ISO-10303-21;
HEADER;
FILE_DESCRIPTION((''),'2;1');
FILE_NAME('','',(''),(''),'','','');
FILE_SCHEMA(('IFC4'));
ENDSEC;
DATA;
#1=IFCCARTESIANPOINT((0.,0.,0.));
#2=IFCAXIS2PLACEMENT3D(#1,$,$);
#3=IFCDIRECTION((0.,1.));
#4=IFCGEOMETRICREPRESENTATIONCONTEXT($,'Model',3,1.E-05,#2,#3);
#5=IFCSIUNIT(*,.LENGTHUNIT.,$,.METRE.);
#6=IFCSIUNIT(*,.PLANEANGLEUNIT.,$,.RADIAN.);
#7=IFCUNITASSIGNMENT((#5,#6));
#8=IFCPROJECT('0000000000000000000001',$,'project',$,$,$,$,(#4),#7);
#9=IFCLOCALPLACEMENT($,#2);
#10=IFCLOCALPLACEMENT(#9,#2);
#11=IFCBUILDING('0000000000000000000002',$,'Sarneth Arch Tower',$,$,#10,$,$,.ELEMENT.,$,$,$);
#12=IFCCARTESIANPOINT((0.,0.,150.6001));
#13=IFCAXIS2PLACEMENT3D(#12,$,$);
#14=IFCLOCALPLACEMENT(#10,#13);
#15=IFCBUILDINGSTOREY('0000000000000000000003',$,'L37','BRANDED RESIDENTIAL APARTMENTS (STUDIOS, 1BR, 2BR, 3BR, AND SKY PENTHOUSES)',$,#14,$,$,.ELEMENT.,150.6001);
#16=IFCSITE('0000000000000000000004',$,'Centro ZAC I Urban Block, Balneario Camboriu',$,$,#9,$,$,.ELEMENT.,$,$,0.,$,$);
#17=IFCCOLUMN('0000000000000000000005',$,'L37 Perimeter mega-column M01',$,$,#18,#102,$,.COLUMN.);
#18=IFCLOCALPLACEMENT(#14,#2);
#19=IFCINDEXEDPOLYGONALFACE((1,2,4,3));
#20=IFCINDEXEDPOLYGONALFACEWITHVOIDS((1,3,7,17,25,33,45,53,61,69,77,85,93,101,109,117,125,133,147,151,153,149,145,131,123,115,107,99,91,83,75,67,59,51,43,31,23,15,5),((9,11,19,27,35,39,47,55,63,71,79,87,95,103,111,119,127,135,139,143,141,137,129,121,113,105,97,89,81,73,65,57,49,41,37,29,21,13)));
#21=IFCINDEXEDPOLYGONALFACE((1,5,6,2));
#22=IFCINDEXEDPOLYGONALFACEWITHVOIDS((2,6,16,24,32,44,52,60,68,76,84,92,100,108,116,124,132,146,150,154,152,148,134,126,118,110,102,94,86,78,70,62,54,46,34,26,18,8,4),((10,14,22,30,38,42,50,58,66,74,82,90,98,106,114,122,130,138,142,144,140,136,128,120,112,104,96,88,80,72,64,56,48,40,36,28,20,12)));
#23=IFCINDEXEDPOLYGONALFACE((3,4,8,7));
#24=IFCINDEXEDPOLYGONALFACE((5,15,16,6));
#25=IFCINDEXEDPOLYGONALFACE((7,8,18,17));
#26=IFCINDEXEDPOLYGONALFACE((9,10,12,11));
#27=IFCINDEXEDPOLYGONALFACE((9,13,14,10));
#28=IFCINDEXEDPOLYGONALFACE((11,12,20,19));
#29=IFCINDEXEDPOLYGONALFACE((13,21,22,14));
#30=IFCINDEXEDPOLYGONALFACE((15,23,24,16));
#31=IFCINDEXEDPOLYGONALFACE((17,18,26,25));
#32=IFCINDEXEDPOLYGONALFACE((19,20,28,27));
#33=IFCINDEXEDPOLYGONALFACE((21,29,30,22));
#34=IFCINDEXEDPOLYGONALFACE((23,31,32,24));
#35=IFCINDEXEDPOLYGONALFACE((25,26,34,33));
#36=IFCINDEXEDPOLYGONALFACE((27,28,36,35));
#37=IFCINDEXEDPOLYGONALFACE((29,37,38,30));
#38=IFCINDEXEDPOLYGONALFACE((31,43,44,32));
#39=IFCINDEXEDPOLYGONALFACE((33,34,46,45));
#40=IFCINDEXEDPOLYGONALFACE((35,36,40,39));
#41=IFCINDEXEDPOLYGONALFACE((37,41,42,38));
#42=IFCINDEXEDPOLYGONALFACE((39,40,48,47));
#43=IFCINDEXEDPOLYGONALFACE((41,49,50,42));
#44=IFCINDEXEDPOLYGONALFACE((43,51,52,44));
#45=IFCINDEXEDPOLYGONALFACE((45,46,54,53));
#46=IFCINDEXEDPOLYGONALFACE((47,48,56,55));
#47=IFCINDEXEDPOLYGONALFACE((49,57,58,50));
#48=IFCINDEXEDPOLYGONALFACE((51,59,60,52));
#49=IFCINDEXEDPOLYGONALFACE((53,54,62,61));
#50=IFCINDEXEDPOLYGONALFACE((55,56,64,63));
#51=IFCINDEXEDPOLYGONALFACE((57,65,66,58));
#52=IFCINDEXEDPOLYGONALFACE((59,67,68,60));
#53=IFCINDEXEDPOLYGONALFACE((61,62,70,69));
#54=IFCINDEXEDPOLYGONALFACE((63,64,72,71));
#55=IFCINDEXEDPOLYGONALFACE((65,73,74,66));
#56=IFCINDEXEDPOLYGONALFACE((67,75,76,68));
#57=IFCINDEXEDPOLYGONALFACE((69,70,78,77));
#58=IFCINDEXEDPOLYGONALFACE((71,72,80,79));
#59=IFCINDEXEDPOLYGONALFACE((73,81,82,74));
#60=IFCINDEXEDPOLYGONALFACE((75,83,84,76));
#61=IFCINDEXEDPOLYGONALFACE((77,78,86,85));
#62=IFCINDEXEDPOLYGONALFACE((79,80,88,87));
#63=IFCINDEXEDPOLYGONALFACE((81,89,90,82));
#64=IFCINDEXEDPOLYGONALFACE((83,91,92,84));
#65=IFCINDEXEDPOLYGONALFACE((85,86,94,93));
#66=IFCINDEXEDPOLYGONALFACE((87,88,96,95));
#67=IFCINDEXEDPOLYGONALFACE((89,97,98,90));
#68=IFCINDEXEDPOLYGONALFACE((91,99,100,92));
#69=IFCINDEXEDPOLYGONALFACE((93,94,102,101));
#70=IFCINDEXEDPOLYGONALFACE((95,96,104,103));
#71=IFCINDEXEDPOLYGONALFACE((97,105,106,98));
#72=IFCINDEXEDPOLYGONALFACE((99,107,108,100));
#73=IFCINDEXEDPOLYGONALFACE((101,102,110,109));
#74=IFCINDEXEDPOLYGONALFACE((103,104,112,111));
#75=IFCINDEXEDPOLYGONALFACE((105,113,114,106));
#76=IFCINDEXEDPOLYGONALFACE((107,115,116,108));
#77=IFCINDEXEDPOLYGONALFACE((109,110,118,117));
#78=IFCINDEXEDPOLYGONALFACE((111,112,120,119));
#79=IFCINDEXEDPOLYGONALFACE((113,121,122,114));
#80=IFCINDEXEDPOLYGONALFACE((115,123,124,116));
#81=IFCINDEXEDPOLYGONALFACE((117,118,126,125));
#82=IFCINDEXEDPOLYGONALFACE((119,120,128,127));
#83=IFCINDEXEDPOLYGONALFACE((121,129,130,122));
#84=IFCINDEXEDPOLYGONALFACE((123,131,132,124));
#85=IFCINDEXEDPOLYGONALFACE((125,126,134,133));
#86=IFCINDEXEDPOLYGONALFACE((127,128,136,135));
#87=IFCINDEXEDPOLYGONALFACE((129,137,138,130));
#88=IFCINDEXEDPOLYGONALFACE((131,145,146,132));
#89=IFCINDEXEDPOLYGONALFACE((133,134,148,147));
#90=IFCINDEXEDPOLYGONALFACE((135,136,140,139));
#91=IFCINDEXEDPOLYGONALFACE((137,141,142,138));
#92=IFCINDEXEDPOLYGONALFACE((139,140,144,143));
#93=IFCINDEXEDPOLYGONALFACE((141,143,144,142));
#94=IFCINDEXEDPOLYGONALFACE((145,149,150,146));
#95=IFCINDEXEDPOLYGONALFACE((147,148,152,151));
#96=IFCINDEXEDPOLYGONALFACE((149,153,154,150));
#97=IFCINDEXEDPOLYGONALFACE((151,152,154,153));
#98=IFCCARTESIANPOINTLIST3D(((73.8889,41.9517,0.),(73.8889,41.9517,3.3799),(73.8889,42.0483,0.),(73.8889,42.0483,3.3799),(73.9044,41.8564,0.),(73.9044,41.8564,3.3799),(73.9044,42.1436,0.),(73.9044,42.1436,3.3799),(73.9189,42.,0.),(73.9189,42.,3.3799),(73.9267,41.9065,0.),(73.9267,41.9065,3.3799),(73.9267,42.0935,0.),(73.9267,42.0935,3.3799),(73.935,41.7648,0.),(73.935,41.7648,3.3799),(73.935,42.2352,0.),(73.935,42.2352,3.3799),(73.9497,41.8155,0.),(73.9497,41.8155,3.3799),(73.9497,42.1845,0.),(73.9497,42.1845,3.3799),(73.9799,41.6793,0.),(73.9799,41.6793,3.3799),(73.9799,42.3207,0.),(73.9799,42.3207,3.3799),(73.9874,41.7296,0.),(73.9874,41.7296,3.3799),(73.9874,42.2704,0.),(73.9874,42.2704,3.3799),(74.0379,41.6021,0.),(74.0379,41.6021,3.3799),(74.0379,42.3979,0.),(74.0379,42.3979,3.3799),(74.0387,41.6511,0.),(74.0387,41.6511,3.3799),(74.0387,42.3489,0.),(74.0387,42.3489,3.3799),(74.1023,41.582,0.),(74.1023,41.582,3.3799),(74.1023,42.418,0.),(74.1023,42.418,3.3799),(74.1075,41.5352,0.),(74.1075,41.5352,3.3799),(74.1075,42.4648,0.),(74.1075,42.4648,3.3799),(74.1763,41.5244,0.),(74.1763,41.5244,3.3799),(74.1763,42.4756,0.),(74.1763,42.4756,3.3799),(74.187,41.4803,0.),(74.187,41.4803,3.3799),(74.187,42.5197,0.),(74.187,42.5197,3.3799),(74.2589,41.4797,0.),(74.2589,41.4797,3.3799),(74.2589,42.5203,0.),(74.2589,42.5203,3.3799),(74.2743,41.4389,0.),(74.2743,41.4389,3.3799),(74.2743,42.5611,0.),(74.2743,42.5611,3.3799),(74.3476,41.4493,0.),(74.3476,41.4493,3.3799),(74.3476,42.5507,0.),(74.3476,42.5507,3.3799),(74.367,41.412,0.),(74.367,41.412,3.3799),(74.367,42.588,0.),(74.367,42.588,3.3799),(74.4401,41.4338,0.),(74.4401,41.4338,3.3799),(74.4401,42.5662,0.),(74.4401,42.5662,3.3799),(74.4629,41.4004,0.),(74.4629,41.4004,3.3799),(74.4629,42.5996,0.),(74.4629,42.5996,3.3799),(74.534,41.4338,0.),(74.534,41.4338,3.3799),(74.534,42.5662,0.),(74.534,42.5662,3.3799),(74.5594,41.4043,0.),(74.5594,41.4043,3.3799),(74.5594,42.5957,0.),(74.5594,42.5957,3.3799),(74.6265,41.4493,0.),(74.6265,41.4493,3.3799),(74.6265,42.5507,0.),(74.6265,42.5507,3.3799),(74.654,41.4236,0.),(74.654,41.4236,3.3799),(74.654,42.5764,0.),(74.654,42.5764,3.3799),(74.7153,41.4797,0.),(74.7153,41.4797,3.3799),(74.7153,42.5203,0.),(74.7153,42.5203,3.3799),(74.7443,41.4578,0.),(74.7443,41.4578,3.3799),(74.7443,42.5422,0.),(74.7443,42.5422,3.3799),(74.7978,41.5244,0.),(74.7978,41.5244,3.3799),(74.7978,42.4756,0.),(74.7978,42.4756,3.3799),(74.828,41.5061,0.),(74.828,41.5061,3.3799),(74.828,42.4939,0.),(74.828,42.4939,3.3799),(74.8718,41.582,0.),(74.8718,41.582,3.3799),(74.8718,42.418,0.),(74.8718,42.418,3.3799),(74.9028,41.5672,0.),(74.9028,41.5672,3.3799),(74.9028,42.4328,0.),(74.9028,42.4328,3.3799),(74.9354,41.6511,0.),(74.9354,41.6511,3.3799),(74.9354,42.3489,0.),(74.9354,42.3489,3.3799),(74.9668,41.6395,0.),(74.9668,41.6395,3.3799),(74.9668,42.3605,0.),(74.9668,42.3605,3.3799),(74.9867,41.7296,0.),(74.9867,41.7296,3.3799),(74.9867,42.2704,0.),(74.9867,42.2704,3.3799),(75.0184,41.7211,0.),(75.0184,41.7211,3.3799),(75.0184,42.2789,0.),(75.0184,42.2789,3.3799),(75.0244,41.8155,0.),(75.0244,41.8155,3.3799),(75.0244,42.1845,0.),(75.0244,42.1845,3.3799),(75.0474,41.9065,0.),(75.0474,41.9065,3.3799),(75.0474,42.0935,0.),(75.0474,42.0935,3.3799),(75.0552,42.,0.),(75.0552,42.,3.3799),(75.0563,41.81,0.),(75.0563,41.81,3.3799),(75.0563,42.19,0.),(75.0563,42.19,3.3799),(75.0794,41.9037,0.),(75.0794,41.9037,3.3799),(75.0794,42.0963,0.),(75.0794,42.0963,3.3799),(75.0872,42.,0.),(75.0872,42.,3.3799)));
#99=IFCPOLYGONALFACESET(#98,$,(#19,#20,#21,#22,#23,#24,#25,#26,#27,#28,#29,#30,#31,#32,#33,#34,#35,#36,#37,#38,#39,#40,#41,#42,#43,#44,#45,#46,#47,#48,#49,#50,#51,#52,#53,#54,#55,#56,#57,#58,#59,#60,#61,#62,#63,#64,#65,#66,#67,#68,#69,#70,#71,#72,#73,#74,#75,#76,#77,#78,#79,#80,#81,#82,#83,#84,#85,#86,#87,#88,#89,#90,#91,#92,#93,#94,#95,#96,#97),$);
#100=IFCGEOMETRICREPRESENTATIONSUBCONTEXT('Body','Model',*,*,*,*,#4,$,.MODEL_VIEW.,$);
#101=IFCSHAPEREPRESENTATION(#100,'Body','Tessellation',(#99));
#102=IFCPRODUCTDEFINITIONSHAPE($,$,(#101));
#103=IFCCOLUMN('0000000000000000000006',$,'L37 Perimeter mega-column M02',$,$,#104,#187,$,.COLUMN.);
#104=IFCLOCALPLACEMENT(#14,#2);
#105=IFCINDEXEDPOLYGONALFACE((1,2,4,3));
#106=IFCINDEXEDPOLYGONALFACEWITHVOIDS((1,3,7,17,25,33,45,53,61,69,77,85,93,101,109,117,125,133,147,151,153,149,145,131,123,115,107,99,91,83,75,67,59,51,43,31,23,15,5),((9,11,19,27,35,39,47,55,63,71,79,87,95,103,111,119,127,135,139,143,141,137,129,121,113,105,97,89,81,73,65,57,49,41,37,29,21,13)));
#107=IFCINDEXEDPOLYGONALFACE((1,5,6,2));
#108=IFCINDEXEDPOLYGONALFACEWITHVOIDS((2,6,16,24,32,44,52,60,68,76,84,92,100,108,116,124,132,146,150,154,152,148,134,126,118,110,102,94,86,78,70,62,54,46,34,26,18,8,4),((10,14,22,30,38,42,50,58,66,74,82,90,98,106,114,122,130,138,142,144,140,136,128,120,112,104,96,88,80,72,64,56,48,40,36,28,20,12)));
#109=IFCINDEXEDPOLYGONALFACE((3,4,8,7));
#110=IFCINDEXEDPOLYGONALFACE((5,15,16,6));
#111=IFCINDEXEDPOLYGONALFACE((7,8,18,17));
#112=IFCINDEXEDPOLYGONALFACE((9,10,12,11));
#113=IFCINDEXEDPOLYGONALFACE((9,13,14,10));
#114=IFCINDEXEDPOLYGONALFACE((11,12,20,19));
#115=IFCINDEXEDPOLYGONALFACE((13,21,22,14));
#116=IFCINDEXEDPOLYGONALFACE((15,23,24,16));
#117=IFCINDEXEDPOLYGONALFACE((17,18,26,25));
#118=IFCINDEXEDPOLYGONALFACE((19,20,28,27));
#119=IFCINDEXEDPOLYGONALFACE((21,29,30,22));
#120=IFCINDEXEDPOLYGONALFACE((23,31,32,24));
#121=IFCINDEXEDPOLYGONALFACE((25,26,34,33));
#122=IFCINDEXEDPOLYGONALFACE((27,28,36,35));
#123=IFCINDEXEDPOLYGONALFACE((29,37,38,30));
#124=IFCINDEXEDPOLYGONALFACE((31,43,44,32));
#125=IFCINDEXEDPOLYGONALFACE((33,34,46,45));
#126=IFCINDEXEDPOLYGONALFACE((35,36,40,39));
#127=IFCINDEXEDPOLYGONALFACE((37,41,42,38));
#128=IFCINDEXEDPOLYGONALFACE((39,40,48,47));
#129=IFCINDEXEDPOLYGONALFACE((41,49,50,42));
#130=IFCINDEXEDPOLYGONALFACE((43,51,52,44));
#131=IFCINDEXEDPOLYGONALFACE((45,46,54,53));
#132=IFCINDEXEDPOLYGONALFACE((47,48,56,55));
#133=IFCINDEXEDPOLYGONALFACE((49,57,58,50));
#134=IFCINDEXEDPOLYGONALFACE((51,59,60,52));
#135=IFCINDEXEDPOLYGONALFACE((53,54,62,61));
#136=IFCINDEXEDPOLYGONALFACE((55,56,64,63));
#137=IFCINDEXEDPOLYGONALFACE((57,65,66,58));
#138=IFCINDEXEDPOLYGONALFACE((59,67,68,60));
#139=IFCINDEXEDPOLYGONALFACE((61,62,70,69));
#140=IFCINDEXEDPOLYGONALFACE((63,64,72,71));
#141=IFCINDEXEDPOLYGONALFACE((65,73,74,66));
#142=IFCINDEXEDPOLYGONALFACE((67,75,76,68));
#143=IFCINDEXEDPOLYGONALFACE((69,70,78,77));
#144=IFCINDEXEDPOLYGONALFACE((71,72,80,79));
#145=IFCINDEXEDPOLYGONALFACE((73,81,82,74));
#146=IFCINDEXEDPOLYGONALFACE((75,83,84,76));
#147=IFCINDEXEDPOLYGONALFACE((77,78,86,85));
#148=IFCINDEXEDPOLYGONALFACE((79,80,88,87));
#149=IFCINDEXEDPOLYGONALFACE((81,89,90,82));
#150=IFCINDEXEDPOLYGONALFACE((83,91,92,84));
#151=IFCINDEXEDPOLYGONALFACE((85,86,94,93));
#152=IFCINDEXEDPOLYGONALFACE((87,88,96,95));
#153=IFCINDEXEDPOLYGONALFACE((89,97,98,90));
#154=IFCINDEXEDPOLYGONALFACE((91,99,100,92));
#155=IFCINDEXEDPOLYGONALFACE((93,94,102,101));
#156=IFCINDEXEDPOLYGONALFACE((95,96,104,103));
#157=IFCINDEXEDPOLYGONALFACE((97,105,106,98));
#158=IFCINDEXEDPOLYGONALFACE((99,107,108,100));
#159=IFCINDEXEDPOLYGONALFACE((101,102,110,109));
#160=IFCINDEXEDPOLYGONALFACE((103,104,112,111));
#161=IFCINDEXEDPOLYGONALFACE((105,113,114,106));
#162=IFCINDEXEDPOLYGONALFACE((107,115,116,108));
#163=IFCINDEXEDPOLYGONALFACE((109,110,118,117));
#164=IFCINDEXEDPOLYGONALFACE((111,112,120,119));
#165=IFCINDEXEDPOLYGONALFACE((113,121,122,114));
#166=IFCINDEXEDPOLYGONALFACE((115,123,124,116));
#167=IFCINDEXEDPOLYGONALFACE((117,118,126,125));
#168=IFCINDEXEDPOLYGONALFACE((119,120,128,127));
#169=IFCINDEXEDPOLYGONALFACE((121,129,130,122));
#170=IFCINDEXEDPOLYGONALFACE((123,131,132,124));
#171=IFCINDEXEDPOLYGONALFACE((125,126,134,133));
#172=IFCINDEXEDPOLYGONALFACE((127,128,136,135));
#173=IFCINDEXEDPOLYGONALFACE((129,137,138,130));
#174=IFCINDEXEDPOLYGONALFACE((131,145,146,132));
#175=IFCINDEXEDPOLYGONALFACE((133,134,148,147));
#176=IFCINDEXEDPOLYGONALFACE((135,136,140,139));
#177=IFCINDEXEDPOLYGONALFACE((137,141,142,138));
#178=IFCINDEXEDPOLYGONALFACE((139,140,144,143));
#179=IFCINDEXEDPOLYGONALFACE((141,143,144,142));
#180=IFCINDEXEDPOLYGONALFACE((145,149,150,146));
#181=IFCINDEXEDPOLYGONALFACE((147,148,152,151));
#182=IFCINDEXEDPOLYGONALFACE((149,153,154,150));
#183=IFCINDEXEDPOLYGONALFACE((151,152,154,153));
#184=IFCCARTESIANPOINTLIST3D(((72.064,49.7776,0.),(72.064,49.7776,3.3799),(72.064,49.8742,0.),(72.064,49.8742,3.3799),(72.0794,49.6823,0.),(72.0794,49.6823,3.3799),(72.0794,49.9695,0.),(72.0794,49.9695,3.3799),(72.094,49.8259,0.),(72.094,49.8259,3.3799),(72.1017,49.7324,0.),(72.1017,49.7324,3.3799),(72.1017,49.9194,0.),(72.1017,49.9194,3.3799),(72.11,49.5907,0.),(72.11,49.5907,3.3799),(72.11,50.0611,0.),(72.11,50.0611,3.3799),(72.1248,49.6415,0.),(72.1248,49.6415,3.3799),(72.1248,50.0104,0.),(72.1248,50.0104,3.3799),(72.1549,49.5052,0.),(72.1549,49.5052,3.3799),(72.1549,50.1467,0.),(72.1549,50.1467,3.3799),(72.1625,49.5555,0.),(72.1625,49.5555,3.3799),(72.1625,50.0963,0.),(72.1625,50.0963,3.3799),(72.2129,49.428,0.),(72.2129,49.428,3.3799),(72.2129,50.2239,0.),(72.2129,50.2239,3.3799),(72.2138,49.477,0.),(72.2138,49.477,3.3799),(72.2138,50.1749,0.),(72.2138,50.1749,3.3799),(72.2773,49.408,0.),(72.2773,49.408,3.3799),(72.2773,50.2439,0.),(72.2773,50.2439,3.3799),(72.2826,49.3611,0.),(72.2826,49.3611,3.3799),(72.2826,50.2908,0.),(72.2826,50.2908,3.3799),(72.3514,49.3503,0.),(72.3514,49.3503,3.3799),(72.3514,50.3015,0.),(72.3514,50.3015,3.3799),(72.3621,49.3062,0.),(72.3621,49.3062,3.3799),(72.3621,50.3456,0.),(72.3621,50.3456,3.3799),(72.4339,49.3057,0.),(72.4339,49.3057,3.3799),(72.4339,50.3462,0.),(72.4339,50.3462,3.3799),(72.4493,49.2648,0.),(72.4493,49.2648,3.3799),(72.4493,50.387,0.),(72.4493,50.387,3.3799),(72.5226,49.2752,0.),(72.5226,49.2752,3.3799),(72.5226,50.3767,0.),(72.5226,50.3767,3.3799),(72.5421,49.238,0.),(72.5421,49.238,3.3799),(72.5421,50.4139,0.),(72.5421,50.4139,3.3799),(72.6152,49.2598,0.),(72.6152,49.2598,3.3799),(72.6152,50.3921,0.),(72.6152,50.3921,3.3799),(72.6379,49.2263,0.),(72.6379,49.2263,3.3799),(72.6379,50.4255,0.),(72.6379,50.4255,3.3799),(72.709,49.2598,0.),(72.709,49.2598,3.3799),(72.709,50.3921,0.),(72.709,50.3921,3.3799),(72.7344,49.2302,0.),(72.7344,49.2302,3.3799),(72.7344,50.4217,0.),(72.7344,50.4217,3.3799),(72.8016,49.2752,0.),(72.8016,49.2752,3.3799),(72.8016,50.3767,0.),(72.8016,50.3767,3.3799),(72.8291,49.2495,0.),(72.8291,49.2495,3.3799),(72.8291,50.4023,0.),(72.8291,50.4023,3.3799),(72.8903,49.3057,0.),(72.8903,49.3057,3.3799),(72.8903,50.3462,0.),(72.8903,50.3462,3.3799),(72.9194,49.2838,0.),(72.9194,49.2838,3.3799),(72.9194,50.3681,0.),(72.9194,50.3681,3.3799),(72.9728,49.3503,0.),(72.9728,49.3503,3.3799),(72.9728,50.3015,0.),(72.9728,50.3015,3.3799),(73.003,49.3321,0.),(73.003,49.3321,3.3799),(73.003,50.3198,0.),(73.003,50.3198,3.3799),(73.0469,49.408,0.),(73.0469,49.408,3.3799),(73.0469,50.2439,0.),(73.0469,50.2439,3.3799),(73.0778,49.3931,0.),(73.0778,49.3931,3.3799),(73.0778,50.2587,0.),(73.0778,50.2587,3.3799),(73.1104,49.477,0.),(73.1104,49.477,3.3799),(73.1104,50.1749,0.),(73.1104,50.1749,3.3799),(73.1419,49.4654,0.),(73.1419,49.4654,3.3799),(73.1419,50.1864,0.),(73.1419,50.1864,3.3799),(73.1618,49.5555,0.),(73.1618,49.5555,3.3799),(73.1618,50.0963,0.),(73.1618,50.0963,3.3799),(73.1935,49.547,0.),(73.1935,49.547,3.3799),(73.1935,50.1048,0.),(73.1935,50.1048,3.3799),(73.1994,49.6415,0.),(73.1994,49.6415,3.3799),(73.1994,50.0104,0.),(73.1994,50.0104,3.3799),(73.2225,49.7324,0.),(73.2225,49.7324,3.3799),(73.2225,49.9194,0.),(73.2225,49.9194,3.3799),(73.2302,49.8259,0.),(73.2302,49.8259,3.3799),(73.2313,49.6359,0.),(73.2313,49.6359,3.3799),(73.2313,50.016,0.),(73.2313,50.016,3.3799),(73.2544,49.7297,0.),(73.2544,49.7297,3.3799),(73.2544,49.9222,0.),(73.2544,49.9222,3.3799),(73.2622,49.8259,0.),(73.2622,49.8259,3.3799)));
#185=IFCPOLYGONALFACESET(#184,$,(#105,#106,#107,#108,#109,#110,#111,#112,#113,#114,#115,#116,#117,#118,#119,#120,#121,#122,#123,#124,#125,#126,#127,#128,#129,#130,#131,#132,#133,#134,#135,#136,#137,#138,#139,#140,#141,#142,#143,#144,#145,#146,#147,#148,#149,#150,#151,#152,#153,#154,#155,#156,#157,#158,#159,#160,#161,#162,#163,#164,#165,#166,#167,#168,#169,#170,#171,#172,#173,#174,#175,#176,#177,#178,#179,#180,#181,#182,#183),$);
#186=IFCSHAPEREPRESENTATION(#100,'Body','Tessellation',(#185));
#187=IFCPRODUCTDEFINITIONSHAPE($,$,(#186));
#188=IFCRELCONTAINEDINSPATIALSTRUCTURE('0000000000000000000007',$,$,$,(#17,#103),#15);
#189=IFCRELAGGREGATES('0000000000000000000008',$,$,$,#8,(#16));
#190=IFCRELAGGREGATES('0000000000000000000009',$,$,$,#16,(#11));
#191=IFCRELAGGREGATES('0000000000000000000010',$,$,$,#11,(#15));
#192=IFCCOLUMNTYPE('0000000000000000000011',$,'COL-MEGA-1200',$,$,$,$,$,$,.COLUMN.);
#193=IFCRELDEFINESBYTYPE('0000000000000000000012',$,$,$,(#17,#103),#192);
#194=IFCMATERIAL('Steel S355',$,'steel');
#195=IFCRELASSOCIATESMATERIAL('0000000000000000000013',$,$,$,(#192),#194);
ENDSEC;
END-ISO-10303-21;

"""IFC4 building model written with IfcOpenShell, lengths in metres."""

from ifc_helpers import new_model, si_unit, direction, frame, origin, origin_2d, place, context, subcontext, project, spatial, hollow_circle, extrude, material, material_profile, profile_set, type_object, element, save


model = new_model("IFC4")

# Units and contexts
model_context = context("Model", 3, precision=1e-05, world=origin(), true_north=direction((0.0, 1.0)))
body_context = subcontext(model_context, "Body", "Model", "MODEL_VIEW")
ifc_project = project(units=[si_unit("LENGTHUNIT", "METRE"), si_unit("PLANEANGLEUNIT", "RADIAN")], contexts=[model_context])

# Site, building, storey
site_placement = place(None, origin())
site = spatial("IfcSite", under=ifc_project, at=site_placement, Name="Centro ZAC I Urban Block, Balneario Camboriu", CompositionType="ELEMENT", RefElevation=0.0)
building_placement = place(site_placement, origin())
building = spatial("IfcBuilding", under=site, at=building_placement, Name="Sarneth Arch Tower", CompositionType="ELEMENT")
storey_placement = place(building_placement, frame((0.0, 0.0, 150.6001)))
storey = spatial("IfcBuildingStorey", under=building, at=storey_placement, Name="L37", Description="BRANDED RESIDENTIAL APARTMENTS (STUDIOS, 1BR, 2BR, 3BR, AND SKY PENTHOUSES)", CompositionType="ELEMENT", Elevation=150.6001)

# Columns
ifc_material_1 = material(Name="Steel S355", Category="steel")
ifc_material_profile_1 = material_profile(ifc_material_1, hollow_circle(Radius=0.6001, WallThickness=0.032, at=origin_2d()), Name="CHS1200x32")
ifc_profile_set_1 = profile_set([ifc_material_profile_1], Name="Steel S355")
column_type = type_object("IfcColumnType", Name="COL-MEGA-1200", PredefinedType="COLUMN", material=ifc_profile_set_1)
for number, where, z_axis, x_axis, name in (
    (1, (74.4871, 42.0, 0.0), (0.0, 0.0, 1.0), (1.0, 0.0, 0.0), "L37 Perimeter mega-column M01"),
    (2, (72.6621, 49.8259, 0.0), (0.0, 0.0, 1.0), (1.0, 0.0, 0.0), "L37 Perimeter mega-column M02"),
):
    element("IfcColumn", number, at=place(storey_placement, frame(where, z_axis=z_axis, x_axis=x_axis)), inside=storey, type_object=column_type, Name=name, PredefinedType="COLUMN", context=body_context, shape_type="SweptSolid", body=[
        extrude(hollow_circle(Radius=0.6001, WallThickness=0.032, at=origin_2d()), origin(), (0.0, 0.0, 1.0), 3.3799),
    ])

save(model, "model.ifc")
